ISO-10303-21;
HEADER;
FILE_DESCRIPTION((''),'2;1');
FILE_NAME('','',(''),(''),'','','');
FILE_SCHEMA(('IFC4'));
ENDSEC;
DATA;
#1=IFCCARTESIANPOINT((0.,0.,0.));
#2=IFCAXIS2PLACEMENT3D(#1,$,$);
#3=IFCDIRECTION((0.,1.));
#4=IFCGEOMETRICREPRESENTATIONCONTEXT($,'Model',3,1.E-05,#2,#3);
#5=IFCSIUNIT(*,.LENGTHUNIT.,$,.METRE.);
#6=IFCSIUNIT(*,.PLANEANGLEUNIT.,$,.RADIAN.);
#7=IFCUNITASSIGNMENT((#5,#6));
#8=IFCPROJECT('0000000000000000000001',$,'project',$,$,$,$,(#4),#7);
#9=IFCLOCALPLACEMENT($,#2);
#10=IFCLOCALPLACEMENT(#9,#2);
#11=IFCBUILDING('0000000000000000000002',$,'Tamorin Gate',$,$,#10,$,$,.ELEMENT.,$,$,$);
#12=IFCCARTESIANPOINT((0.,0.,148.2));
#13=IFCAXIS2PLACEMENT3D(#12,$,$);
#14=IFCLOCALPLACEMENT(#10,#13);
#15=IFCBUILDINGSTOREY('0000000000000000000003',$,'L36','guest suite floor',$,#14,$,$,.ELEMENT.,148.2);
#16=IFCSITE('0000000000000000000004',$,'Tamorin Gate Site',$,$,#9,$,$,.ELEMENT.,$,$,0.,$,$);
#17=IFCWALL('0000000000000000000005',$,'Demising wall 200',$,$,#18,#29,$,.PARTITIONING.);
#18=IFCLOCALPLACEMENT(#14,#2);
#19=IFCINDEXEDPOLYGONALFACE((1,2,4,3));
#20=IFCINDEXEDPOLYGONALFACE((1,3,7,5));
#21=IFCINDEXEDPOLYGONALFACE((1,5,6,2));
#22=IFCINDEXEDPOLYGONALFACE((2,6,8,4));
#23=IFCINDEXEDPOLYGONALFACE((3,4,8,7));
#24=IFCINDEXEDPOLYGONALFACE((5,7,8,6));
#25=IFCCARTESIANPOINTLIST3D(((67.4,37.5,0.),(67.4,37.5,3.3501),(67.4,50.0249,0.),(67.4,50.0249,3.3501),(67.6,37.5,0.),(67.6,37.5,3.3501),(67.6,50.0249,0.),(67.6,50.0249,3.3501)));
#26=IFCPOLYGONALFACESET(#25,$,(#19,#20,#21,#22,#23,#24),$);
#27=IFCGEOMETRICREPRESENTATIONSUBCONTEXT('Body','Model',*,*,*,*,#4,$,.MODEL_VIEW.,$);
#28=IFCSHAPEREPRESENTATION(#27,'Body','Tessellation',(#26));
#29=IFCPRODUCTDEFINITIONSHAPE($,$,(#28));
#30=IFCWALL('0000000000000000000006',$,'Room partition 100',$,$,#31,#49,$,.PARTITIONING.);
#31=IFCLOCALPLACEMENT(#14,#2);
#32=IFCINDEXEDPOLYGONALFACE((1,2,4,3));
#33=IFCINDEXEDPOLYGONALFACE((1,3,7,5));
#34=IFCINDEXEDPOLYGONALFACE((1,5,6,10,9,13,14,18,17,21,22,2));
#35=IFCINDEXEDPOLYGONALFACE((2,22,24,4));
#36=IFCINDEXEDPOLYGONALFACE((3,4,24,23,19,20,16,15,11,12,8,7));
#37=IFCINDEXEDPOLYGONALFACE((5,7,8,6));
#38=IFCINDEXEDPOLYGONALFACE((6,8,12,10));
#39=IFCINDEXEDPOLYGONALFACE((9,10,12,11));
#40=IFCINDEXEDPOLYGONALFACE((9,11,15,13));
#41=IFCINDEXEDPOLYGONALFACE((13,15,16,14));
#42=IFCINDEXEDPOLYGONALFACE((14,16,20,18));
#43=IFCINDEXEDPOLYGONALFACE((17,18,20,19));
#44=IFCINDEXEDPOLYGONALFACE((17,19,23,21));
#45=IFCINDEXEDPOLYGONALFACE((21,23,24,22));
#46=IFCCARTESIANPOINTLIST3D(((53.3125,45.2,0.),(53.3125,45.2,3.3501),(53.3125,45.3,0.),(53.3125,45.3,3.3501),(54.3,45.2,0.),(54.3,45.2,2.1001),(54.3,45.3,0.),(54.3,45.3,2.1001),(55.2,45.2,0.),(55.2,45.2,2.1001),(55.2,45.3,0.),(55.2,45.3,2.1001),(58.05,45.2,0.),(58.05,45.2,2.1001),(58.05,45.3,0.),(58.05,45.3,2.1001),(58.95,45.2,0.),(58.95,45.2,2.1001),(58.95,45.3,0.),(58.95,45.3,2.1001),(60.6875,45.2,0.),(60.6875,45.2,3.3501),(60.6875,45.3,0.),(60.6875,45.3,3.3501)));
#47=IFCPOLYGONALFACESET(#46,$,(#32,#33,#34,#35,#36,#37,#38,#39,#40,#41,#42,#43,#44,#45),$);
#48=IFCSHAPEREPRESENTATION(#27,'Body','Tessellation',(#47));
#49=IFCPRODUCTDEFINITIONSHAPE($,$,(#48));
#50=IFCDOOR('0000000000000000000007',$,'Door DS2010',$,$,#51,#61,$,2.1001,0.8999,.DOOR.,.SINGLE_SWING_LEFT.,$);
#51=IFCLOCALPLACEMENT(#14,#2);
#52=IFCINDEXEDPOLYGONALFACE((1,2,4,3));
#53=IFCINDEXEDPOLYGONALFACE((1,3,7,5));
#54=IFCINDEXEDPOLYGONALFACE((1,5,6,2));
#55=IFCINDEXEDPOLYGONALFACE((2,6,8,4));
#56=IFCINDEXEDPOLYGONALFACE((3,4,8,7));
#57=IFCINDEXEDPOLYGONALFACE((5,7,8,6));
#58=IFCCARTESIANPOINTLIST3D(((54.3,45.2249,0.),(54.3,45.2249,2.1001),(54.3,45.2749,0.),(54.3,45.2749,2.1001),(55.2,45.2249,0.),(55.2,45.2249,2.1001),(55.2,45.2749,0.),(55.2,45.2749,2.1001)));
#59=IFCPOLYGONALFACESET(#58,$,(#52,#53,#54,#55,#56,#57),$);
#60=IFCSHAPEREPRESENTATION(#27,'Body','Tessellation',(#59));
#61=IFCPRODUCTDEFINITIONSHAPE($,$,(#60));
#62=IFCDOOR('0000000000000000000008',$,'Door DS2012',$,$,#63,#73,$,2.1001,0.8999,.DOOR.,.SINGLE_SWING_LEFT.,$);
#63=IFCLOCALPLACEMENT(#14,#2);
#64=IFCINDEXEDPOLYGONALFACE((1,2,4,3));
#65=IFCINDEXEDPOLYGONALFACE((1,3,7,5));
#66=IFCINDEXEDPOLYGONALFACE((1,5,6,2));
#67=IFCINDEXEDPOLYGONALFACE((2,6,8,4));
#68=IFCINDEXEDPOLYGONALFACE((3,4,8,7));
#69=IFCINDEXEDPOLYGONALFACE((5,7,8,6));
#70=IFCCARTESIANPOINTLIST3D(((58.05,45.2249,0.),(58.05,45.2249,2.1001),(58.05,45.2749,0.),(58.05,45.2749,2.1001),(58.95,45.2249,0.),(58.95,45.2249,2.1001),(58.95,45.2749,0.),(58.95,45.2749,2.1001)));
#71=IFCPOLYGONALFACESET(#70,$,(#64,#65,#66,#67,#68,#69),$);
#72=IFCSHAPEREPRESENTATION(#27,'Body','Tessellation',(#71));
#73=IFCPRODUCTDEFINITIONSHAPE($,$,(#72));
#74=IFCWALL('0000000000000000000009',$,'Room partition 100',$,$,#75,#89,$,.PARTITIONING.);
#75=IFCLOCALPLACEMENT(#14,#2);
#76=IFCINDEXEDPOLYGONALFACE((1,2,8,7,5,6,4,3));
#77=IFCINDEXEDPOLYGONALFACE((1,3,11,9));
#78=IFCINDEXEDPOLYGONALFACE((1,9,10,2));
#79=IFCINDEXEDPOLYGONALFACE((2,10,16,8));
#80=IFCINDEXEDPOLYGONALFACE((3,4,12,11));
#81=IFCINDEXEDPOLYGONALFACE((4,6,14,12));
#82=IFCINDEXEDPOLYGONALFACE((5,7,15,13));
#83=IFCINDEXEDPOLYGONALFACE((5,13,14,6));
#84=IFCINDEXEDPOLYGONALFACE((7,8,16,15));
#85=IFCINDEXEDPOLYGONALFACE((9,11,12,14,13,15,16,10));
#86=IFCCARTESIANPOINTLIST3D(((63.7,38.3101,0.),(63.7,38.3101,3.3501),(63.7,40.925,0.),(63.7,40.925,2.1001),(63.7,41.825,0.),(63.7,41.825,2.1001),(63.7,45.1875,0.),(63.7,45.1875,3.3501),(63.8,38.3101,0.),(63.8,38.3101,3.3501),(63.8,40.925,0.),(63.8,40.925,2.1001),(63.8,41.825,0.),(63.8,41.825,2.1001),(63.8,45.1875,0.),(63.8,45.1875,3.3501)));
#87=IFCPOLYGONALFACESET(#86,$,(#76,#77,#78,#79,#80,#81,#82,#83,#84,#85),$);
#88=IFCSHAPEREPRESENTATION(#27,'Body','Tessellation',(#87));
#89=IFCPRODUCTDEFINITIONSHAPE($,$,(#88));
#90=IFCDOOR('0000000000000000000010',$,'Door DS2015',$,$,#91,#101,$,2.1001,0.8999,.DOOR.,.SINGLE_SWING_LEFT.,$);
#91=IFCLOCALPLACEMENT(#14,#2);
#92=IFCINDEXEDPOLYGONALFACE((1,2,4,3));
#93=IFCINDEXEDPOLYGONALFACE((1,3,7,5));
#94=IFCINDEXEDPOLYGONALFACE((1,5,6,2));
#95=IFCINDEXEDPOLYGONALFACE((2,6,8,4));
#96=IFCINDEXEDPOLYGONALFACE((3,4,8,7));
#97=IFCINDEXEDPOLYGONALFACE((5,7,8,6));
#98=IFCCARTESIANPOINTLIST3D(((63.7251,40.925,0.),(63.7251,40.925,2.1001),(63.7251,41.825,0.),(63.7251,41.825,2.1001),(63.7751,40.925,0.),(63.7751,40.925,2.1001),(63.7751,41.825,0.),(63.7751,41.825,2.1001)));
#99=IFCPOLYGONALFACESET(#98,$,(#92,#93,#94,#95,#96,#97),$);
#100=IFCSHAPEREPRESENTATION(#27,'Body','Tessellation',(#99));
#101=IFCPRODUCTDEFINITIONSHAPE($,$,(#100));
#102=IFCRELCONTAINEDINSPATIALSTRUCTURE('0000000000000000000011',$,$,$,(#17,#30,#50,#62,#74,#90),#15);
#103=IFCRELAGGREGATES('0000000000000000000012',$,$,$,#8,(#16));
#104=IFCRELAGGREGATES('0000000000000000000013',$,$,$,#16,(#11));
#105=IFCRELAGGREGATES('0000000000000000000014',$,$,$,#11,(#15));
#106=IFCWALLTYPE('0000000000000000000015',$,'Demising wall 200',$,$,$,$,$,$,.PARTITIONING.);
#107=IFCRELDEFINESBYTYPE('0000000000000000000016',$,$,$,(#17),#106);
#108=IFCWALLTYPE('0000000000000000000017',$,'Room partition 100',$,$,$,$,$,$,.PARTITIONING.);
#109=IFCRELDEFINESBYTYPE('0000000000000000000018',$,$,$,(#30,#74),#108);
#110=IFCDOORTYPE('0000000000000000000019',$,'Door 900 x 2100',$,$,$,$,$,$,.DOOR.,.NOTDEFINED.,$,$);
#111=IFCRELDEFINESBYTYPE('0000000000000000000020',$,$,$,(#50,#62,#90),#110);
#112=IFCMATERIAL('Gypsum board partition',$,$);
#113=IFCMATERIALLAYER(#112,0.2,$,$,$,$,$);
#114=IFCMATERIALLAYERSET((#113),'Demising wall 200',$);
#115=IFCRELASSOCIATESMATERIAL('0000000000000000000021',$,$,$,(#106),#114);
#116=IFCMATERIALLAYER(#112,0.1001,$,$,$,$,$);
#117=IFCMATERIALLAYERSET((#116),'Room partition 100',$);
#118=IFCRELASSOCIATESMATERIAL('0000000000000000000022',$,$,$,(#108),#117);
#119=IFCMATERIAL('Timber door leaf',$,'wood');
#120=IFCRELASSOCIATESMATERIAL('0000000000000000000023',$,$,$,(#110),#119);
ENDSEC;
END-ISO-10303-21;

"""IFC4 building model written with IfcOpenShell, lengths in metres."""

from ifc_helpers import new_model, si_unit, direction, frame, frame_2d, origin, place, context, subcontext, project, spatial, rectangle, extrude, material, layer, layer_set, type_object, element, fill, save


model = new_model("IFC4")

# Units and contexts
model_context = context("Model", 3, precision=1e-05, world=origin(), true_north=direction((0.0, 1.0)))
body_context = subcontext(model_context, "Body", "Model", "MODEL_VIEW")
ifc_project = project(units=[si_unit("LENGTHUNIT", "METRE"), si_unit("PLANEANGLEUNIT", "RADIAN")], contexts=[model_context])

# Site, building, storey
site_placement = place(None, origin())
site = spatial("IfcSite", under=ifc_project, at=site_placement, Name="Tamorin Gate Site", CompositionType="ELEMENT", RefElevation=0.0)
building_placement = place(site_placement, origin())
building = spatial("IfcBuilding", under=site, at=building_placement, Name="Tamorin Gate", CompositionType="ELEMENT")
storey_placement = place(building_placement, frame((0.0, 0.0, 148.2)))
storey = spatial("IfcBuildingStorey", under=building, at=storey_placement, Name="L36", Description="guest suite floor", CompositionType="ELEMENT", Elevation=148.2)

# Wall
ifc_material_1 = material(Name="Gypsum board partition")
ifc_layer_1 = layer(ifc_material_1, 0.2)
ifc_layer_set_1 = layer_set([ifc_layer_1], Name="Demising wall 200")
wall_type_1 = type_object("IfcWallType", Name="Demising wall 200", PredefinedType="PARTITIONING", material=ifc_layer_set_1)
wall_1_placement = place(storey_placement, frame((67.5, 37.5, 0.0), z_axis=(0.0, 0.0, 1.0), x_axis=(0.0, 1.0, 0.0)))
element("IfcWall", 1, at=wall_1_placement, inside=storey, type_object=wall_type_1, Name="Demising wall 200", PredefinedType="PARTITIONING", context=body_context, shape_type="SweptSolid", body=[
    extrude(rectangle(XDim=12.5249, YDim=0.2, at=frame_2d((6.2625, 0.0))), origin(), (0.0, 0.0, 1.0), 3.3501),
])

# Wall, openings, doors
ifc_layer_2 = layer(ifc_material_1, 0.1001)
ifc_layer_set_2 = layer_set([ifc_layer_2], Name="Room partition 100")
wall_type_2 = type_object("IfcWallType", Name="Room partition 100", PredefinedType="PARTITIONING", material=ifc_layer_set_2)
wall_2_placement = place(storey_placement, frame((53.3125, 45.25, 0.0), z_axis=(0.0, 0.0, 1.0), x_axis=(1.0, 0.0, 0.0)))
wall_2 = element("IfcWall", 2, at=wall_2_placement, inside=storey, type_object=wall_type_2, Name="Room partition 100", PredefinedType="PARTITIONING", context=body_context, shape_type="SweptSolid", body=[
    extrude(rectangle(XDim=7.375, YDim=0.1001, at=frame_2d((3.6875, 0.0))), origin(), (0.0, 0.0, 1.0), 3.3501),
])
opening_1_placement = place(wall_2_placement, frame((0.9875, 0.0, 0.0)))
opening_1 = element("IfcOpeningElement", 3, at=opening_1_placement, cuts=wall_2, PredefinedType="OPENING", context=body_context, shape_type="SweptSolid", body=[
    extrude(rectangle(XDim=0.8999, YDim=2.1001, at=frame_2d((0.45, 1.05))), frame((0.0, 0.0601, 0.0), z_axis=(0.0, -1.0, 0.0), x_axis=(1.0, 0.0, 0.0)), (0.0, 0.0, 1.0), 0.1201),
])
opening_2_placement = place(wall_2_placement, frame((4.7375, 0.0, 0.0)))
opening_2 = element("IfcOpeningElement", 4, at=opening_2_placement, cuts=wall_2, PredefinedType="OPENING", context=body_context, shape_type="SweptSolid", body=[
    extrude(rectangle(XDim=0.8999, YDim=2.1001, at=frame_2d((0.45, 1.05))), frame((0.0, 0.0601, 0.0), z_axis=(0.0, -1.0, 0.0), x_axis=(1.0, 0.0, 0.0)), (0.0, 0.0, 1.0), 0.1201),
])
ifc_material_2 = material(Name="Timber door leaf", Category="wood")
door_type = type_object("IfcDoorType", Name="Door 900 x 2100", OperationType="NOTDEFINED", PredefinedType="DOOR", material=ifc_material_2)
door_1_placement = place(opening_1_placement, origin())
door_1 = element("IfcDoor", 5, at=door_1_placement, inside=storey, type_object=door_type, Name="Door DS2010", OperationType="SINGLE_SWING_LEFT", OverallHeight=2.1001, OverallWidth=0.8999, PredefinedType="DOOR", context=body_context, shape_type="SweptSolid", body=[
    extrude(rectangle(XDim=0.8999, YDim=2.1001, at=frame_2d((0.45, 1.05))), frame((0.0, 0.0249, 0.0), z_axis=(0.0, -1.0, 0.0), x_axis=(1.0, 0.0, 0.0)), (0.0, 0.0, 1.0), 0.05),
])
fill(opening_1, door_1)
door_2_placement = place(opening_2_placement, origin())
door_2 = element("IfcDoor", 6, at=door_2_placement, inside=storey, type_object=door_type, Name="Door DS2012", OperationType="SINGLE_SWING_LEFT", OverallHeight=2.1001, OverallWidth=0.8999, PredefinedType="DOOR", context=body_context, shape_type="SweptSolid", body=[
    extrude(rectangle(XDim=0.8999, YDim=2.1001, at=frame_2d((0.45, 1.05))), frame((0.0, 0.0249, 0.0), z_axis=(0.0, -1.0, 0.0), x_axis=(1.0, 0.0, 0.0)), (0.0, 0.0, 1.0), 0.05),
])
fill(opening_2, door_2)

# Wall, opening, door
wall_3_placement = place(storey_placement, frame((63.75, 38.3101, 0.0), z_axis=(0.0, 0.0, 1.0), x_axis=(0.0, 1.0, 0.0)))
wall_3 = element("IfcWall", 7, at=wall_3_placement, inside=storey, type_object=wall_type_2, Name="Room partition 100", PredefinedType="PARTITIONING", context=body_context, shape_type="SweptSolid", body=[
    extrude(rectangle(XDim=6.8774, YDim=0.1001, at=frame_2d((3.4387, 0.0))), origin(), (0.0, 0.0, 1.0), 3.3501),
])
opening_3_placement = place(wall_3_placement, frame((2.615, 0.0, 0.0)))
opening_3 = element("IfcOpeningElement", 8, at=opening_3_placement, cuts=wall_3, PredefinedType="OPENING", context=body_context, shape_type="SweptSolid", body=[
    extrude(rectangle(XDim=0.8999, YDim=2.1001, at=frame_2d((0.45, 1.05))), frame((0.0, 0.0601, 0.0), z_axis=(0.0, -1.0, 0.0), x_axis=(1.0, 0.0, 0.0)), (0.0, 0.0, 1.0), 0.1201),
])
door_3_placement = place(opening_3_placement, origin())
door_3 = element("IfcDoor", 9, at=door_3_placement, inside=storey, type_object=door_type, Name="Door DS2015", OperationType="SINGLE_SWING_LEFT", OverallHeight=2.1001, OverallWidth=0.8999, PredefinedType="DOOR", context=body_context, shape_type="SweptSolid", body=[
    extrude(rectangle(XDim=0.8999, YDim=2.1001, at=frame_2d((0.45, 1.05))), frame((0.0, 0.0249, 0.0), z_axis=(0.0, -1.0, 0.0), x_axis=(1.0, 0.0, 0.0)), (0.0, 0.0, 1.0), 0.05),
])
fill(opening_3, door_3)

save(model, "model.ifc")
